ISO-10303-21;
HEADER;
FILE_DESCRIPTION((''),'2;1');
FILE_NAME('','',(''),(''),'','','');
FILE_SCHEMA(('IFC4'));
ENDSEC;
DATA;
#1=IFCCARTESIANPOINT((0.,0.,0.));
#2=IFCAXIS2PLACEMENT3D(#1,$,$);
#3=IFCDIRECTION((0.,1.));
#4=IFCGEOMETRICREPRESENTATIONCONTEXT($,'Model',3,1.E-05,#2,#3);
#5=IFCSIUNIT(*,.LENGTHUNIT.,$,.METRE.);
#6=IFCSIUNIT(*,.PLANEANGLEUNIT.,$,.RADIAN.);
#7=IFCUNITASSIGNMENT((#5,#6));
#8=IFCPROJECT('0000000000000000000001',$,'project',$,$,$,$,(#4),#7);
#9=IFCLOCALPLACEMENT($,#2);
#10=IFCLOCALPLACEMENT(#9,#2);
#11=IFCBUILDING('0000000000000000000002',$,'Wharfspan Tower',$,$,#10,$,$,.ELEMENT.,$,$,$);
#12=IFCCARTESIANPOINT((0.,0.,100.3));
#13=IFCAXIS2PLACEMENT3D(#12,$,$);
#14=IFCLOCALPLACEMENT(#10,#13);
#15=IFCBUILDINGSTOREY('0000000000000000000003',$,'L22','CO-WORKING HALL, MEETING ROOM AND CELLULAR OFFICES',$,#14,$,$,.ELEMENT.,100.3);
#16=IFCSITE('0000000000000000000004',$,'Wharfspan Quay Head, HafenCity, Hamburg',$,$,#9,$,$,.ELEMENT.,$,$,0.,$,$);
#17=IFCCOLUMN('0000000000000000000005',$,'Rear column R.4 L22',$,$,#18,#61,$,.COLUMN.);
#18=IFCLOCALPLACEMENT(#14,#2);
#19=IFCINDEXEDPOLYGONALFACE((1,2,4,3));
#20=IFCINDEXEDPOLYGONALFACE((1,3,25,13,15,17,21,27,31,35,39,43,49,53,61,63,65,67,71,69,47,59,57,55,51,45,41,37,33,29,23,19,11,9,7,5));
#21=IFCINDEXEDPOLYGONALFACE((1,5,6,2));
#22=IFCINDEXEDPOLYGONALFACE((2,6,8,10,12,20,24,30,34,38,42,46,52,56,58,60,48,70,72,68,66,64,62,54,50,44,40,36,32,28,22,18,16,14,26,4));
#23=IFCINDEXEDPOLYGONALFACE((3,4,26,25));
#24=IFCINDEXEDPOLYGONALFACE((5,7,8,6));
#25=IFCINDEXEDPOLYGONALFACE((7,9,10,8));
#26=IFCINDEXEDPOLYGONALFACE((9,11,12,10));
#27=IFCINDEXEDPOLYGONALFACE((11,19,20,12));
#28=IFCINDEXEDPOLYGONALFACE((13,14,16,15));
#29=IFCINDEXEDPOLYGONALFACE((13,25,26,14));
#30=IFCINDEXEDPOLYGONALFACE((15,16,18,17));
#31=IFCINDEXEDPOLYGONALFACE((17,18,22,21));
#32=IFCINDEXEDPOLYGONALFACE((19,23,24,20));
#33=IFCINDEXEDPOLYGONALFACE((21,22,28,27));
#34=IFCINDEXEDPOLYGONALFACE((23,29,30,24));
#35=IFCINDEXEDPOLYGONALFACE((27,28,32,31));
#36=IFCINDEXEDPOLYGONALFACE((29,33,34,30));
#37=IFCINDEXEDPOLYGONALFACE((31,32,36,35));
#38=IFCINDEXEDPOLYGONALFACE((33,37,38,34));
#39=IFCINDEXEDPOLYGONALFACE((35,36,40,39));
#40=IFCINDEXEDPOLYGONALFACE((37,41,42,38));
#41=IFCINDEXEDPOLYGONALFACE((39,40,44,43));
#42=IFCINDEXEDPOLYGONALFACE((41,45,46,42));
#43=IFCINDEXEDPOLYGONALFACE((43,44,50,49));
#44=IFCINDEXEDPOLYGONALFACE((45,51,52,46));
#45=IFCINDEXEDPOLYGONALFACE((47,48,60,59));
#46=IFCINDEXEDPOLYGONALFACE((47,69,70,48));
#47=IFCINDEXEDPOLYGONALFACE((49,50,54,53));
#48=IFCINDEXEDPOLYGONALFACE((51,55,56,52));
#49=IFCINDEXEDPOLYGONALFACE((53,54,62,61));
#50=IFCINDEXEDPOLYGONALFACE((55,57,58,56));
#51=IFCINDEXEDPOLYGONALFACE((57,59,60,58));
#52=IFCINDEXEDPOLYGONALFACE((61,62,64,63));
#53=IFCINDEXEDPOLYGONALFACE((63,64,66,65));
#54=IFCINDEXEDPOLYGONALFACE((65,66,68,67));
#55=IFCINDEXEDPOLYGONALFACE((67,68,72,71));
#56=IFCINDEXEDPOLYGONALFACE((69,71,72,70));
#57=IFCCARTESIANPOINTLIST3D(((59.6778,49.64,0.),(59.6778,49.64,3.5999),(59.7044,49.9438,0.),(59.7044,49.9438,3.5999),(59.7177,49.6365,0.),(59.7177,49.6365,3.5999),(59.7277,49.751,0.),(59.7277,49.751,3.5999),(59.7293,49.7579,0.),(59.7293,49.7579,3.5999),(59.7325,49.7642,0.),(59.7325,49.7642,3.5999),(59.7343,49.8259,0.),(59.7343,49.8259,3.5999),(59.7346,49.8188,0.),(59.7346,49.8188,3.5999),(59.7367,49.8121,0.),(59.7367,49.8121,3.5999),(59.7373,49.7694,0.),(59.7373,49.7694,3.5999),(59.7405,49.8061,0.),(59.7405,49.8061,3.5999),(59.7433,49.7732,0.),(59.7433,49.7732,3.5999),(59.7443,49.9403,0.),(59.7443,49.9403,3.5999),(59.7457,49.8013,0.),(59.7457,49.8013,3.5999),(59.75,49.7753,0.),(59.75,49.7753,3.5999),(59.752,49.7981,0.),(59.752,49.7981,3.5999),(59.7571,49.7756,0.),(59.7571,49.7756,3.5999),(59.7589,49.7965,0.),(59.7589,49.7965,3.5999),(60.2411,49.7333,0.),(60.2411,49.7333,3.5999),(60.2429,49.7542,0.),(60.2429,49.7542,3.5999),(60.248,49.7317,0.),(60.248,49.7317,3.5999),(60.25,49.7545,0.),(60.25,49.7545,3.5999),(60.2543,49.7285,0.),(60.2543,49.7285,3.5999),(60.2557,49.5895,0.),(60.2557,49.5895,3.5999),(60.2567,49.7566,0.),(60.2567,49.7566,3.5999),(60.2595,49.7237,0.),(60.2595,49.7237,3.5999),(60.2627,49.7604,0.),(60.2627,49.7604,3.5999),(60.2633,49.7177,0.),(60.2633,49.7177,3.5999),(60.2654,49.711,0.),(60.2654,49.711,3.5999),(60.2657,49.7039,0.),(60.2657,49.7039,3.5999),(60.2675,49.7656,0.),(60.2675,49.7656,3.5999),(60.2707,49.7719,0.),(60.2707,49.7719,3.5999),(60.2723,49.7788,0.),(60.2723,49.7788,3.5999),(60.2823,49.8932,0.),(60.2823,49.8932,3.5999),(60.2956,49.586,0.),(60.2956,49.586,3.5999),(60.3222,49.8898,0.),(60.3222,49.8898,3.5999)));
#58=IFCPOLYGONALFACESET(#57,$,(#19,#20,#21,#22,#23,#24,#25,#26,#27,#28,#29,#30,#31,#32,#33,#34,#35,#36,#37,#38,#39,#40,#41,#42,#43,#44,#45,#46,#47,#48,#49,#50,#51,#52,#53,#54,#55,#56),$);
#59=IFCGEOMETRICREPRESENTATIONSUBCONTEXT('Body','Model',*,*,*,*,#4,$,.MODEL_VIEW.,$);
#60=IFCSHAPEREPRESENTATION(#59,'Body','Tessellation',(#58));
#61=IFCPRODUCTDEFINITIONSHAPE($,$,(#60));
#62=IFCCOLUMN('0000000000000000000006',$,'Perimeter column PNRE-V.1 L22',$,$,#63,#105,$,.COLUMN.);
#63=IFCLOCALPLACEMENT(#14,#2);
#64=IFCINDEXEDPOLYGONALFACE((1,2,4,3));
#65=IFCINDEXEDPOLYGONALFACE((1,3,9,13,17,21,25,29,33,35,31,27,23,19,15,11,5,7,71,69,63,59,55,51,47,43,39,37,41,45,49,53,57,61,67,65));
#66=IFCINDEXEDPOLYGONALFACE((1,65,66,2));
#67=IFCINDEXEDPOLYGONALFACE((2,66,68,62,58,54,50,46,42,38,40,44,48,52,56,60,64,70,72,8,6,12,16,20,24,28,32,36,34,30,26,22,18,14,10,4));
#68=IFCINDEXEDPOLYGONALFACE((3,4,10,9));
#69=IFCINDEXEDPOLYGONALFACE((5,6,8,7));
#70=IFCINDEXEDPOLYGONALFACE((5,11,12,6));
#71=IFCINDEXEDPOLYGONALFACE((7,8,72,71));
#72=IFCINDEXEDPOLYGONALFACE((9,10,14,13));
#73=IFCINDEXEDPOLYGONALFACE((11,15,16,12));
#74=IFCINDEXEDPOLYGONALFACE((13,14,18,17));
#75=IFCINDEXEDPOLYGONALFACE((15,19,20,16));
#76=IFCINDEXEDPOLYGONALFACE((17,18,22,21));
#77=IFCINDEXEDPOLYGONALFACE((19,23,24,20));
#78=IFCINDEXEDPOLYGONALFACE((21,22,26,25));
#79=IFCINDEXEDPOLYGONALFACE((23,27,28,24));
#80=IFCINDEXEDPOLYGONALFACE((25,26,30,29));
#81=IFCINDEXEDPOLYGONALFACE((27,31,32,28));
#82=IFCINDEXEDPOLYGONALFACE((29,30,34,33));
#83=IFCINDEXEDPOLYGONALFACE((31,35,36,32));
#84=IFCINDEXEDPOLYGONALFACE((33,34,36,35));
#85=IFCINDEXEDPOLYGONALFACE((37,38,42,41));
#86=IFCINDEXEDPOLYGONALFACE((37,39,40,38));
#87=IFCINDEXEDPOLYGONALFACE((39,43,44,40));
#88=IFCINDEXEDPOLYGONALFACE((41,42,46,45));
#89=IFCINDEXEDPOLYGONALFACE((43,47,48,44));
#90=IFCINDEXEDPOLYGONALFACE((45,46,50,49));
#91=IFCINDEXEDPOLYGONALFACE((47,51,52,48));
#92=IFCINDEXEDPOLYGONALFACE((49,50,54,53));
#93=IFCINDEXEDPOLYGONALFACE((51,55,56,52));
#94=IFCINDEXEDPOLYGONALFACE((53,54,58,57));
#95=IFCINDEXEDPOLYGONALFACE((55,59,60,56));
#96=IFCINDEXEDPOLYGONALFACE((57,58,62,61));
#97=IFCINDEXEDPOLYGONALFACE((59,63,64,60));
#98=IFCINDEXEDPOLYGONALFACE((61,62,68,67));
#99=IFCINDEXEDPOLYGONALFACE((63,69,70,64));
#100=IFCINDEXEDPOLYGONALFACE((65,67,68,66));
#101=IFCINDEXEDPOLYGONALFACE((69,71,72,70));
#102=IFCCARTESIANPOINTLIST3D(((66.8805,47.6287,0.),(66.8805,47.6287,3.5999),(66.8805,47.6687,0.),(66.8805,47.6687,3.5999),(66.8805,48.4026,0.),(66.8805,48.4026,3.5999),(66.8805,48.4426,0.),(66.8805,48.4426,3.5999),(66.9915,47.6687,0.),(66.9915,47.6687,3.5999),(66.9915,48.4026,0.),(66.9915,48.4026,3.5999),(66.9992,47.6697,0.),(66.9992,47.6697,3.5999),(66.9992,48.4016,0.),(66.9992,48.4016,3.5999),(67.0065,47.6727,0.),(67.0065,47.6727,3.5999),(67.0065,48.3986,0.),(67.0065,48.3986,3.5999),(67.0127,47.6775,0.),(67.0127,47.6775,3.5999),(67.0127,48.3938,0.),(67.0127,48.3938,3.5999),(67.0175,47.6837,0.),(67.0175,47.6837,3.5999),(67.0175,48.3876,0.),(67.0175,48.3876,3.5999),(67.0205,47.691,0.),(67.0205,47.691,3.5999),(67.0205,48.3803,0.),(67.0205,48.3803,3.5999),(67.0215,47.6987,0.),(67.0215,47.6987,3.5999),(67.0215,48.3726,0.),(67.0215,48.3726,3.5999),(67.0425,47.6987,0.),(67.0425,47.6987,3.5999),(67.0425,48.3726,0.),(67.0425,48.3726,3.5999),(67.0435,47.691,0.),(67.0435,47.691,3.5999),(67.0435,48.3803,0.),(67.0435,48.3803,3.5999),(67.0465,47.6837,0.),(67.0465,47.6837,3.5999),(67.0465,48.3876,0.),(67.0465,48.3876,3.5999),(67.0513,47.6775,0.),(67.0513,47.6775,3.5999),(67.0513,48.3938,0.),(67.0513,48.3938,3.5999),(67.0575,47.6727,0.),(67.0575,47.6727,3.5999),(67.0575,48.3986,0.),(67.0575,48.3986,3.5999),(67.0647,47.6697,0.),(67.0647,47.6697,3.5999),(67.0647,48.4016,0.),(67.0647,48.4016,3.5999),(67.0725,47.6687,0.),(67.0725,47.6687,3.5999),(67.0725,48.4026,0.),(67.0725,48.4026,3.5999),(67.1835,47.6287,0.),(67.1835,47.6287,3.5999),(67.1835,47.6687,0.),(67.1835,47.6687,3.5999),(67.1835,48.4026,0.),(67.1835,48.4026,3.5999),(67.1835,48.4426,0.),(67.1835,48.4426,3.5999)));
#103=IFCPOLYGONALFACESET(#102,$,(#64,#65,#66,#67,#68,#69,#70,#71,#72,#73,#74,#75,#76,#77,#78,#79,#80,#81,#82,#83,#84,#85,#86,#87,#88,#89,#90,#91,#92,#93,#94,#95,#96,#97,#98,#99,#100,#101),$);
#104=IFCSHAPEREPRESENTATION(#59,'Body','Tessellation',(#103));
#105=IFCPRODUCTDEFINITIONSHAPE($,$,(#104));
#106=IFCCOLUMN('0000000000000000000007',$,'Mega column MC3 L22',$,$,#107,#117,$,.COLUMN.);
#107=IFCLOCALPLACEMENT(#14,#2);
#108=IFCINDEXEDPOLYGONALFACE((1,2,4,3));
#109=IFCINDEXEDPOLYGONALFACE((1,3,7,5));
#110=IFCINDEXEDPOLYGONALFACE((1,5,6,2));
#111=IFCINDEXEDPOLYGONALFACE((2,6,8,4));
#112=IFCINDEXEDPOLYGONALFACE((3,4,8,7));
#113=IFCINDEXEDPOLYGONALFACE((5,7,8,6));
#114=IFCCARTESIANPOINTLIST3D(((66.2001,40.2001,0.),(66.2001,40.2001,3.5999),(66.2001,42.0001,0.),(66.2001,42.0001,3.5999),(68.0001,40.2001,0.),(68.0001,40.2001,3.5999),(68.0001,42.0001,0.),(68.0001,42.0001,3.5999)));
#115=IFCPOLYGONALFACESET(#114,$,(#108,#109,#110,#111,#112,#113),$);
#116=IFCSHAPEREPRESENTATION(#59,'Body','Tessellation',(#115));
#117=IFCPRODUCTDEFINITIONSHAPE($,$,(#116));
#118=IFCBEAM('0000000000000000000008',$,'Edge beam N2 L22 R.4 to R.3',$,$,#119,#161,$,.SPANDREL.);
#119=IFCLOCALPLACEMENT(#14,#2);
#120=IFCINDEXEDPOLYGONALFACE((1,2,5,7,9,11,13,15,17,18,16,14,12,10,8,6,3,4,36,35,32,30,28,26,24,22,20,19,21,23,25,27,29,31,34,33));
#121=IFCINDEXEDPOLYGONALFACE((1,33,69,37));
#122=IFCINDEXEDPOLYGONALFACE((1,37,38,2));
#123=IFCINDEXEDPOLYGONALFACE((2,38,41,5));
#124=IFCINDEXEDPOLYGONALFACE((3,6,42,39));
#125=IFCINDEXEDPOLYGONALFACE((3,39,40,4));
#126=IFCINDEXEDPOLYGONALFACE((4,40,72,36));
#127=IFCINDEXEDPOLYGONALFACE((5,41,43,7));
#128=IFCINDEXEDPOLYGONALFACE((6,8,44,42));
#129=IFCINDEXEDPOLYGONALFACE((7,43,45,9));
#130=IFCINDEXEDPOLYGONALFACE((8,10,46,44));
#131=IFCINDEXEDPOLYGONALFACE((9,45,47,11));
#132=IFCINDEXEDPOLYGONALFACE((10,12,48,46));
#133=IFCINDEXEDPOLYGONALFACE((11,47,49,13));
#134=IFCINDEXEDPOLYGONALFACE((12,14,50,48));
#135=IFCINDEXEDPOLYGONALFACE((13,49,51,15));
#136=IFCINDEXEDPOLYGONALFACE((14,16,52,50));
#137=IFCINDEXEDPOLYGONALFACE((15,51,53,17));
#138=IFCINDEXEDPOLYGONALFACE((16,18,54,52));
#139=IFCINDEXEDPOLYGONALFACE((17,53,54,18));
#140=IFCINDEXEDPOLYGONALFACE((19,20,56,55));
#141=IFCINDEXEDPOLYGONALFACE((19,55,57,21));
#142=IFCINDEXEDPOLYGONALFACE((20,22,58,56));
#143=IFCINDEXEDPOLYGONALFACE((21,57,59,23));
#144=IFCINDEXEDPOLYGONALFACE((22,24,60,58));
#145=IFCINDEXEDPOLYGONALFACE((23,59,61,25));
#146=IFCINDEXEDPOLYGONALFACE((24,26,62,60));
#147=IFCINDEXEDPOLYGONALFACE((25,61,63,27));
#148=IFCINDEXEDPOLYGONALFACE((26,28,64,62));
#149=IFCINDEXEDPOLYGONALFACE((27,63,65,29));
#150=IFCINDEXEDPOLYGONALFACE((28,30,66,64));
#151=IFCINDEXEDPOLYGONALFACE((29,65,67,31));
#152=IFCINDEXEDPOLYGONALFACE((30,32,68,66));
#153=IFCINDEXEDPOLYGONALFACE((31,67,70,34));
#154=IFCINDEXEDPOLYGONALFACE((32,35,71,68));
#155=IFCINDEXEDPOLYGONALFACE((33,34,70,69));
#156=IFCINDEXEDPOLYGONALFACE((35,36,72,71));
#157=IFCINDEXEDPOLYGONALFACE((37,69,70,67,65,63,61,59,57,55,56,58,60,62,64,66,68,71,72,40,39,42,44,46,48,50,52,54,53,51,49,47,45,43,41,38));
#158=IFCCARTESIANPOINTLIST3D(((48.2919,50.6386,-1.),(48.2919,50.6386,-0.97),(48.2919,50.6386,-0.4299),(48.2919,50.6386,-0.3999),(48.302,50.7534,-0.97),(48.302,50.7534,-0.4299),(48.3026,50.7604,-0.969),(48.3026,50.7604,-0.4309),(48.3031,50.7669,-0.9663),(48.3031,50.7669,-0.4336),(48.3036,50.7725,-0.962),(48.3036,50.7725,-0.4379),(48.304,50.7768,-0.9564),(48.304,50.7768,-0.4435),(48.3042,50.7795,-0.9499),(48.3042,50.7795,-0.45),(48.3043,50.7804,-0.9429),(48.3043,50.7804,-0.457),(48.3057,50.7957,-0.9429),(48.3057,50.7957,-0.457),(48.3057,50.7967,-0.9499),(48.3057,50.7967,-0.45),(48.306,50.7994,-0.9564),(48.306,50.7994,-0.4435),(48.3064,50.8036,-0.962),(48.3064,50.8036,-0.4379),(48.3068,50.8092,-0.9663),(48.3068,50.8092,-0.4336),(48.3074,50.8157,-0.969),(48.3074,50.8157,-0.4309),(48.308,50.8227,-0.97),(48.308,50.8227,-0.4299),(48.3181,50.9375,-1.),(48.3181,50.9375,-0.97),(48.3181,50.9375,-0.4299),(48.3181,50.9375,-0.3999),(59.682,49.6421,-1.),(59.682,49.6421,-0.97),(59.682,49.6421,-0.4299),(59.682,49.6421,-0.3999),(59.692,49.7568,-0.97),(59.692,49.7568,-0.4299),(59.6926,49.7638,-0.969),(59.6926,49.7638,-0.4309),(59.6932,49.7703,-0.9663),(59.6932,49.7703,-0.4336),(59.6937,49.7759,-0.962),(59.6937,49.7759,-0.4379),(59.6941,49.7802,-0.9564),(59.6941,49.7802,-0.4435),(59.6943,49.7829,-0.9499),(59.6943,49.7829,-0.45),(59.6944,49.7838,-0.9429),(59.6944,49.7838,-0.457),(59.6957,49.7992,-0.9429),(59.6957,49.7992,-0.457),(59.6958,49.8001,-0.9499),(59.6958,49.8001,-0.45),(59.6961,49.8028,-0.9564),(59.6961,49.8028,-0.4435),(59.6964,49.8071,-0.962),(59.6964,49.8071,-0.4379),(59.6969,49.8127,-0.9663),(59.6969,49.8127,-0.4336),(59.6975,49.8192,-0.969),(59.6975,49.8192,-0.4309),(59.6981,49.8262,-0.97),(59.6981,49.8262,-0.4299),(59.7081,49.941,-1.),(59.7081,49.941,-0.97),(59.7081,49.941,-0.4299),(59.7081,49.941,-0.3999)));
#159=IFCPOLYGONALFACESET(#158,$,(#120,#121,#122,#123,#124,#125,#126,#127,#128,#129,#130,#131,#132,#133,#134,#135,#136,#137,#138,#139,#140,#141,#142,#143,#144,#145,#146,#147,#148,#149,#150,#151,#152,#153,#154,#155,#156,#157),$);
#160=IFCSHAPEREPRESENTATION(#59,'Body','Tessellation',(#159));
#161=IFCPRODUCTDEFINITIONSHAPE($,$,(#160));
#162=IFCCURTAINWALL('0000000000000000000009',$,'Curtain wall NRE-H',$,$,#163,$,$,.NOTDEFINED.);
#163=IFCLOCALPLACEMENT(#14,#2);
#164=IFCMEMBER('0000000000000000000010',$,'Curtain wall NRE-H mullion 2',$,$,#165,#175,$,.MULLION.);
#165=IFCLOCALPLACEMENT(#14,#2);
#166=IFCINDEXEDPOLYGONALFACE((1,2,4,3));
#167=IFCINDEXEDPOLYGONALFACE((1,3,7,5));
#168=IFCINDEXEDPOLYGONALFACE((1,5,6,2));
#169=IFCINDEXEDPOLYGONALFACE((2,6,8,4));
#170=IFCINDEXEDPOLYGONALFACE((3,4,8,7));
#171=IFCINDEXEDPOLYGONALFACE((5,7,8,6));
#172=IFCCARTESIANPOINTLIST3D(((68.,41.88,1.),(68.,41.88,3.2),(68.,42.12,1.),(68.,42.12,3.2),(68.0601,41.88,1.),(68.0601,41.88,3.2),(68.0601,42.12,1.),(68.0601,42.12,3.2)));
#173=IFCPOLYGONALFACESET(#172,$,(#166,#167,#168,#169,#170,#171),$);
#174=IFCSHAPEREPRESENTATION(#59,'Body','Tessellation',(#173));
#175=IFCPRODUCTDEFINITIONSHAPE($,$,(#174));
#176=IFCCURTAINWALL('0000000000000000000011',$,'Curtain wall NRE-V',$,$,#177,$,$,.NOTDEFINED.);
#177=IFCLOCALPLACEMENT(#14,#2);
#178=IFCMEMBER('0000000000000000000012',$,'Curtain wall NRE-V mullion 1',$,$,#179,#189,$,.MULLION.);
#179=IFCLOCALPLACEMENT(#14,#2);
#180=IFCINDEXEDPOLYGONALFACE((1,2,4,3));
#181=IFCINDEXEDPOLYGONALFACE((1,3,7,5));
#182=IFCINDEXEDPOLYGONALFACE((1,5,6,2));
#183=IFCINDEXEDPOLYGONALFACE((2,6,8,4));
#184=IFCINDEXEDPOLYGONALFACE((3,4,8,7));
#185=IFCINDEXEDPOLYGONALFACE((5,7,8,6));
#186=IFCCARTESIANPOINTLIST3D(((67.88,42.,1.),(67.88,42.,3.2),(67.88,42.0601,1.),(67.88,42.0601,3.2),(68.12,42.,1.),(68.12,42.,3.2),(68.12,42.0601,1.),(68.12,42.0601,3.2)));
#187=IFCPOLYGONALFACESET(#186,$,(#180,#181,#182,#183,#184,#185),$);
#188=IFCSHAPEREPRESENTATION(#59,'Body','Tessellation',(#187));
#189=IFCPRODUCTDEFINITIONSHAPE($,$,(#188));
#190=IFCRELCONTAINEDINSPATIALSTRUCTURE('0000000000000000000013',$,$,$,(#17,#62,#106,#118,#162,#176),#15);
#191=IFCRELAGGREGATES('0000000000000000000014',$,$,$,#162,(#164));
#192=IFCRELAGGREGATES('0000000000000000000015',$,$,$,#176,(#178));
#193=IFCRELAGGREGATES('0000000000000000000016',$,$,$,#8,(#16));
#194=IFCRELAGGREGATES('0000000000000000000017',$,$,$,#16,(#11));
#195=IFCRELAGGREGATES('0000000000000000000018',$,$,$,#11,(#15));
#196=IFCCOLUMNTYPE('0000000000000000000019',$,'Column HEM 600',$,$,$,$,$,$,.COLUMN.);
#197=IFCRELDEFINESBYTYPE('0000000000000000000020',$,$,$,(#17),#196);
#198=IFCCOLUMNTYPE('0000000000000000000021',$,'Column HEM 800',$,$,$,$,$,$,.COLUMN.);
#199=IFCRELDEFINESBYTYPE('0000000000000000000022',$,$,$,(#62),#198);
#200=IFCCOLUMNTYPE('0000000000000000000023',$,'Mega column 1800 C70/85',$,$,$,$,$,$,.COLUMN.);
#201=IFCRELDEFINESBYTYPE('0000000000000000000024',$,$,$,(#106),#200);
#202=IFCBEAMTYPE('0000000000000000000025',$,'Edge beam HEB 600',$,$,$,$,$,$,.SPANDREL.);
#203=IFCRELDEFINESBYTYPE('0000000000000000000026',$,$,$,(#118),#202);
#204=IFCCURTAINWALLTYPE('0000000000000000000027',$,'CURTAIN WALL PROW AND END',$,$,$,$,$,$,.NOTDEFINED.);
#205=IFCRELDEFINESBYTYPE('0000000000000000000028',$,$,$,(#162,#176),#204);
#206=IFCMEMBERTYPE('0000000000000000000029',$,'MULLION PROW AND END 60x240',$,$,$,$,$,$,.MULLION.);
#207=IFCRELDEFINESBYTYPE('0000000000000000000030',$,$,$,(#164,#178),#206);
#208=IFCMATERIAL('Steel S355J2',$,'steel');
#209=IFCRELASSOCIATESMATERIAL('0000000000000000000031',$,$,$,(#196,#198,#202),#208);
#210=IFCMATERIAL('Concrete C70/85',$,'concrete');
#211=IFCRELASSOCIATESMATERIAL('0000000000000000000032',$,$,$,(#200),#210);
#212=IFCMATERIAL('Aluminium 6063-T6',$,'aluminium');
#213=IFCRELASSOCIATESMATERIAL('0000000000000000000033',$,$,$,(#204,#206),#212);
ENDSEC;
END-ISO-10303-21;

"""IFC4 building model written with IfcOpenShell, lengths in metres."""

from ifc_helpers import new_model, si_unit, direction, frame, origin, origin_2d, place, context, subcontext, project, spatial, rectangle, i_section, extrude, material, material_profile, profile_set, type_object, element, aggregate, save


model = new_model("IFC4")

# Units and contexts
model_context = context("Model", 3, precision=1e-05, world=origin(), true_north=direction((0.0, 1.0)))
body_context = subcontext(model_context, "Body", "Model", "MODEL_VIEW")
ifc_project = project(units=[si_unit("LENGTHUNIT", "METRE"), si_unit("PLANEANGLEUNIT", "RADIAN")], contexts=[model_context])

# Site, building, storey
site_placement = place(None, origin())
site = spatial("IfcSite", under=ifc_project, at=site_placement, Name="Wharfspan Quay Head, HafenCity, Hamburg", CompositionType="ELEMENT", RefElevation=0.0)
building_placement = place(site_placement, origin())
building = spatial("IfcBuilding", under=site, at=building_placement, Name="Wharfspan Tower", CompositionType="ELEMENT")
storey_placement = place(building_placement, frame((0.0, 0.0, 100.3)))
storey = spatial("IfcBuildingStorey", under=building, at=storey_placement, Name="L22", Description="CO-WORKING HALL, MEETING ROOM AND CELLULAR OFFICES", CompositionType="ELEMENT", Elevation=100.3)

# Columns
ifc_material_1 = material(Name="Steel S355J2", Category="steel")
ifc_material_profile_1 = material_profile(ifc_material_1, i_section(OverallWidth=0.3049, OverallDepth=0.6201, WebThickness=0.021, FlangeThickness=0.04, FilletRadius=0.0271, at=origin_2d()))
ifc_profile_set_1 = profile_set([ifc_material_profile_1], Name="Steel S355J2")
column_type_1 = type_object("IfcColumnType", Name="Column HEM 600", PredefinedType="COLUMN", material=ifc_profile_set_1)
column_1_placement = place(storey_placement, frame((60.0, 49.7649, 0.0), z_axis=(0.0, 0.0, 1.0), x_axis=(0.087156, 0.996198, 0.0)))
element("IfcColumn", 1, at=column_1_placement, inside=storey, type_object=column_type_1, Name="Rear column R.4 L22", PredefinedType="COLUMN", context=body_context, shape_type="SweptSolid", body=[
    extrude(i_section(OverallWidth=0.3049, OverallDepth=0.6201, WebThickness=0.021, FlangeThickness=0.04, FilletRadius=0.0271, at=origin_2d()), origin(), (0.0, 0.0, 1.0), 3.5999),
])
ifc_material_profile_2 = material_profile(ifc_material_1, i_section(OverallWidth=0.303, OverallDepth=0.814, WebThickness=0.021, FlangeThickness=0.04, FilletRadius=0.03, at=origin_2d()))
ifc_profile_set_2 = profile_set([ifc_material_profile_2], Name="Steel S355J2")
column_type_2 = type_object("IfcColumnType", Name="Column HEM 800", PredefinedType="COLUMN", material=ifc_profile_set_2)
column_2_placement = place(storey_placement, frame((67.032, 48.0356, 0.0), z_axis=(0.0, 0.0, 1.0), x_axis=(1.0, 0.0, 0.0)))
element("IfcColumn", 2, at=column_2_placement, inside=storey, type_object=column_type_2, Name="Perimeter column PNRE-V.1 L22", PredefinedType="COLUMN", context=body_context, shape_type="SweptSolid", body=[
    extrude(i_section(OverallWidth=0.303, OverallDepth=0.814, WebThickness=0.021, FlangeThickness=0.04, FilletRadius=0.03, at=origin_2d()), origin(), (0.0, 0.0, 1.0), 3.5999),
])
ifc_material_2 = material(Name="Concrete C70/85", Category="concrete")
ifc_material_profile_3 = material_profile(ifc_material_2, rectangle(XDim=1.8, YDim=1.8, at=origin_2d()))
ifc_profile_set_3 = profile_set([ifc_material_profile_3], Name="Concrete C70/85")
column_type_3 = type_object("IfcColumnType", Name="Mega column 1800 C70/85", PredefinedType="COLUMN", material=ifc_profile_set_3)
column_3_placement = place(storey_placement, frame((67.1001, 41.1001, 0.0), z_axis=(0.0, 0.0, 1.0), x_axis=(1.0, 0.0, 0.0)))
element("IfcColumn", 3, at=column_3_placement, inside=storey, type_object=column_type_3, Name="Mega column MC3 L22", PredefinedType="COLUMN", context=body_context, shape_type="SweptSolid", body=[
    extrude(rectangle(XDim=1.8, YDim=1.8, at=origin_2d()), origin(), (0.0, 0.0, 1.0), 3.5999),
])

# Beam
ifc_material_profile_4 = material_profile(ifc_material_1, i_section(OverallWidth=0.3, OverallDepth=0.6001, WebThickness=0.0154, FlangeThickness=0.03, FilletRadius=0.0271, at=origin_2d()))
ifc_profile_set_4 = profile_set([ifc_material_profile_4], Name="Steel S355J2")
beam_type = type_object("IfcBeamType", Name="Edge beam HEB 600", PredefinedType="SPANDREL", material=ifc_profile_set_4)
beam_placement = place(storey_placement, frame((59.6951, 49.7915, -0.7), z_axis=(-0.996194, 0.087162, 0.0), x_axis=(-0.087162, -0.996194, 0.0)))
element("IfcBeam", 4, at=beam_placement, inside=storey, type_object=beam_type, Name="Edge beam N2 L22 R.4 to R.3", PredefinedType="SPANDREL", context=body_context, shape_type="SweptSolid", body=[
    extrude(i_section(OverallWidth=0.3, OverallDepth=0.6001, WebThickness=0.0154, FlangeThickness=0.03, FilletRadius=0.0271, at=origin_2d()), origin(), (0.0, 0.0, 1.0), 11.4336),
])

# Curtain wall, member
ifc_material_3 = material(Name="Aluminium 6063-T6", Category="aluminium")
curtain_wall_type = type_object("IfcCurtainWallType", Name="CURTAIN WALL PROW AND END", PredefinedType="NOTDEFINED", material=ifc_material_3)
curtain_wall_1_placement = place(storey_placement, origin())
curtain_wall_1 = element("IfcCurtainWall", 5, at=curtain_wall_1_placement, inside=storey, type_object=curtain_wall_type, Name="Curtain wall NRE-H", PredefinedType="NOTDEFINED")
ifc_material_profile_5 = material_profile(ifc_material_3, rectangle(XDim=0.24, YDim=0.0601, at=origin_2d()))
ifc_profile_set_5 = profile_set([ifc_material_profile_5], Name="Aluminium 6063-T6")
member_type_1 = type_object("IfcMemberType", Name="MULLION PROW AND END 60x240", PredefinedType="MULLION", material=ifc_profile_set_5)
member_1_placement = place(storey_placement, frame((68.03, 42.0, 1.0), z_axis=(0.0, 0.0, 1.0), x_axis=(0.0, -1.0, 0.0)))
member_1 = element("IfcMember", 6, at=member_1_placement, type_object=member_type_1, Name="Curtain wall NRE-H mullion 2", PredefinedType="MULLION", context=body_context, shape_type="SweptSolid", body=[
    extrude(rectangle(XDim=0.24, YDim=0.0601, at=origin_2d()), origin(), (0.0, 0.0, 1.0), 2.2),
])
aggregate(curtain_wall_1, [member_1])

# Curtain wall, member
curtain_wall_2_placement = place(storey_placement, origin())
curtain_wall_2 = element("IfcCurtainWall", 7, at=curtain_wall_2_placement, inside=storey, type_object=curtain_wall_type, Name="Curtain wall NRE-V", PredefinedType="NOTDEFINED")
member_2_placement = place(storey_placement, frame((68.0, 42.03, 1.0), z_axis=(0.0, 0.0, 1.0), x_axis=(-1.0, 0.0, 0.0)))
member_2 = element("IfcMember", 8, at=member_2_placement, type_object=member_type_1, Name="Curtain wall NRE-V mullion 1", PredefinedType="MULLION", context=body_context, shape_type="SweptSolid", body=[
    extrude(rectangle(XDim=0.24, YDim=0.0601, at=origin_2d()), origin(), (0.0, 0.0, 1.0), 2.2),
])
aggregate(curtain_wall_2, [member_2])

save(model, "model.ifc")
